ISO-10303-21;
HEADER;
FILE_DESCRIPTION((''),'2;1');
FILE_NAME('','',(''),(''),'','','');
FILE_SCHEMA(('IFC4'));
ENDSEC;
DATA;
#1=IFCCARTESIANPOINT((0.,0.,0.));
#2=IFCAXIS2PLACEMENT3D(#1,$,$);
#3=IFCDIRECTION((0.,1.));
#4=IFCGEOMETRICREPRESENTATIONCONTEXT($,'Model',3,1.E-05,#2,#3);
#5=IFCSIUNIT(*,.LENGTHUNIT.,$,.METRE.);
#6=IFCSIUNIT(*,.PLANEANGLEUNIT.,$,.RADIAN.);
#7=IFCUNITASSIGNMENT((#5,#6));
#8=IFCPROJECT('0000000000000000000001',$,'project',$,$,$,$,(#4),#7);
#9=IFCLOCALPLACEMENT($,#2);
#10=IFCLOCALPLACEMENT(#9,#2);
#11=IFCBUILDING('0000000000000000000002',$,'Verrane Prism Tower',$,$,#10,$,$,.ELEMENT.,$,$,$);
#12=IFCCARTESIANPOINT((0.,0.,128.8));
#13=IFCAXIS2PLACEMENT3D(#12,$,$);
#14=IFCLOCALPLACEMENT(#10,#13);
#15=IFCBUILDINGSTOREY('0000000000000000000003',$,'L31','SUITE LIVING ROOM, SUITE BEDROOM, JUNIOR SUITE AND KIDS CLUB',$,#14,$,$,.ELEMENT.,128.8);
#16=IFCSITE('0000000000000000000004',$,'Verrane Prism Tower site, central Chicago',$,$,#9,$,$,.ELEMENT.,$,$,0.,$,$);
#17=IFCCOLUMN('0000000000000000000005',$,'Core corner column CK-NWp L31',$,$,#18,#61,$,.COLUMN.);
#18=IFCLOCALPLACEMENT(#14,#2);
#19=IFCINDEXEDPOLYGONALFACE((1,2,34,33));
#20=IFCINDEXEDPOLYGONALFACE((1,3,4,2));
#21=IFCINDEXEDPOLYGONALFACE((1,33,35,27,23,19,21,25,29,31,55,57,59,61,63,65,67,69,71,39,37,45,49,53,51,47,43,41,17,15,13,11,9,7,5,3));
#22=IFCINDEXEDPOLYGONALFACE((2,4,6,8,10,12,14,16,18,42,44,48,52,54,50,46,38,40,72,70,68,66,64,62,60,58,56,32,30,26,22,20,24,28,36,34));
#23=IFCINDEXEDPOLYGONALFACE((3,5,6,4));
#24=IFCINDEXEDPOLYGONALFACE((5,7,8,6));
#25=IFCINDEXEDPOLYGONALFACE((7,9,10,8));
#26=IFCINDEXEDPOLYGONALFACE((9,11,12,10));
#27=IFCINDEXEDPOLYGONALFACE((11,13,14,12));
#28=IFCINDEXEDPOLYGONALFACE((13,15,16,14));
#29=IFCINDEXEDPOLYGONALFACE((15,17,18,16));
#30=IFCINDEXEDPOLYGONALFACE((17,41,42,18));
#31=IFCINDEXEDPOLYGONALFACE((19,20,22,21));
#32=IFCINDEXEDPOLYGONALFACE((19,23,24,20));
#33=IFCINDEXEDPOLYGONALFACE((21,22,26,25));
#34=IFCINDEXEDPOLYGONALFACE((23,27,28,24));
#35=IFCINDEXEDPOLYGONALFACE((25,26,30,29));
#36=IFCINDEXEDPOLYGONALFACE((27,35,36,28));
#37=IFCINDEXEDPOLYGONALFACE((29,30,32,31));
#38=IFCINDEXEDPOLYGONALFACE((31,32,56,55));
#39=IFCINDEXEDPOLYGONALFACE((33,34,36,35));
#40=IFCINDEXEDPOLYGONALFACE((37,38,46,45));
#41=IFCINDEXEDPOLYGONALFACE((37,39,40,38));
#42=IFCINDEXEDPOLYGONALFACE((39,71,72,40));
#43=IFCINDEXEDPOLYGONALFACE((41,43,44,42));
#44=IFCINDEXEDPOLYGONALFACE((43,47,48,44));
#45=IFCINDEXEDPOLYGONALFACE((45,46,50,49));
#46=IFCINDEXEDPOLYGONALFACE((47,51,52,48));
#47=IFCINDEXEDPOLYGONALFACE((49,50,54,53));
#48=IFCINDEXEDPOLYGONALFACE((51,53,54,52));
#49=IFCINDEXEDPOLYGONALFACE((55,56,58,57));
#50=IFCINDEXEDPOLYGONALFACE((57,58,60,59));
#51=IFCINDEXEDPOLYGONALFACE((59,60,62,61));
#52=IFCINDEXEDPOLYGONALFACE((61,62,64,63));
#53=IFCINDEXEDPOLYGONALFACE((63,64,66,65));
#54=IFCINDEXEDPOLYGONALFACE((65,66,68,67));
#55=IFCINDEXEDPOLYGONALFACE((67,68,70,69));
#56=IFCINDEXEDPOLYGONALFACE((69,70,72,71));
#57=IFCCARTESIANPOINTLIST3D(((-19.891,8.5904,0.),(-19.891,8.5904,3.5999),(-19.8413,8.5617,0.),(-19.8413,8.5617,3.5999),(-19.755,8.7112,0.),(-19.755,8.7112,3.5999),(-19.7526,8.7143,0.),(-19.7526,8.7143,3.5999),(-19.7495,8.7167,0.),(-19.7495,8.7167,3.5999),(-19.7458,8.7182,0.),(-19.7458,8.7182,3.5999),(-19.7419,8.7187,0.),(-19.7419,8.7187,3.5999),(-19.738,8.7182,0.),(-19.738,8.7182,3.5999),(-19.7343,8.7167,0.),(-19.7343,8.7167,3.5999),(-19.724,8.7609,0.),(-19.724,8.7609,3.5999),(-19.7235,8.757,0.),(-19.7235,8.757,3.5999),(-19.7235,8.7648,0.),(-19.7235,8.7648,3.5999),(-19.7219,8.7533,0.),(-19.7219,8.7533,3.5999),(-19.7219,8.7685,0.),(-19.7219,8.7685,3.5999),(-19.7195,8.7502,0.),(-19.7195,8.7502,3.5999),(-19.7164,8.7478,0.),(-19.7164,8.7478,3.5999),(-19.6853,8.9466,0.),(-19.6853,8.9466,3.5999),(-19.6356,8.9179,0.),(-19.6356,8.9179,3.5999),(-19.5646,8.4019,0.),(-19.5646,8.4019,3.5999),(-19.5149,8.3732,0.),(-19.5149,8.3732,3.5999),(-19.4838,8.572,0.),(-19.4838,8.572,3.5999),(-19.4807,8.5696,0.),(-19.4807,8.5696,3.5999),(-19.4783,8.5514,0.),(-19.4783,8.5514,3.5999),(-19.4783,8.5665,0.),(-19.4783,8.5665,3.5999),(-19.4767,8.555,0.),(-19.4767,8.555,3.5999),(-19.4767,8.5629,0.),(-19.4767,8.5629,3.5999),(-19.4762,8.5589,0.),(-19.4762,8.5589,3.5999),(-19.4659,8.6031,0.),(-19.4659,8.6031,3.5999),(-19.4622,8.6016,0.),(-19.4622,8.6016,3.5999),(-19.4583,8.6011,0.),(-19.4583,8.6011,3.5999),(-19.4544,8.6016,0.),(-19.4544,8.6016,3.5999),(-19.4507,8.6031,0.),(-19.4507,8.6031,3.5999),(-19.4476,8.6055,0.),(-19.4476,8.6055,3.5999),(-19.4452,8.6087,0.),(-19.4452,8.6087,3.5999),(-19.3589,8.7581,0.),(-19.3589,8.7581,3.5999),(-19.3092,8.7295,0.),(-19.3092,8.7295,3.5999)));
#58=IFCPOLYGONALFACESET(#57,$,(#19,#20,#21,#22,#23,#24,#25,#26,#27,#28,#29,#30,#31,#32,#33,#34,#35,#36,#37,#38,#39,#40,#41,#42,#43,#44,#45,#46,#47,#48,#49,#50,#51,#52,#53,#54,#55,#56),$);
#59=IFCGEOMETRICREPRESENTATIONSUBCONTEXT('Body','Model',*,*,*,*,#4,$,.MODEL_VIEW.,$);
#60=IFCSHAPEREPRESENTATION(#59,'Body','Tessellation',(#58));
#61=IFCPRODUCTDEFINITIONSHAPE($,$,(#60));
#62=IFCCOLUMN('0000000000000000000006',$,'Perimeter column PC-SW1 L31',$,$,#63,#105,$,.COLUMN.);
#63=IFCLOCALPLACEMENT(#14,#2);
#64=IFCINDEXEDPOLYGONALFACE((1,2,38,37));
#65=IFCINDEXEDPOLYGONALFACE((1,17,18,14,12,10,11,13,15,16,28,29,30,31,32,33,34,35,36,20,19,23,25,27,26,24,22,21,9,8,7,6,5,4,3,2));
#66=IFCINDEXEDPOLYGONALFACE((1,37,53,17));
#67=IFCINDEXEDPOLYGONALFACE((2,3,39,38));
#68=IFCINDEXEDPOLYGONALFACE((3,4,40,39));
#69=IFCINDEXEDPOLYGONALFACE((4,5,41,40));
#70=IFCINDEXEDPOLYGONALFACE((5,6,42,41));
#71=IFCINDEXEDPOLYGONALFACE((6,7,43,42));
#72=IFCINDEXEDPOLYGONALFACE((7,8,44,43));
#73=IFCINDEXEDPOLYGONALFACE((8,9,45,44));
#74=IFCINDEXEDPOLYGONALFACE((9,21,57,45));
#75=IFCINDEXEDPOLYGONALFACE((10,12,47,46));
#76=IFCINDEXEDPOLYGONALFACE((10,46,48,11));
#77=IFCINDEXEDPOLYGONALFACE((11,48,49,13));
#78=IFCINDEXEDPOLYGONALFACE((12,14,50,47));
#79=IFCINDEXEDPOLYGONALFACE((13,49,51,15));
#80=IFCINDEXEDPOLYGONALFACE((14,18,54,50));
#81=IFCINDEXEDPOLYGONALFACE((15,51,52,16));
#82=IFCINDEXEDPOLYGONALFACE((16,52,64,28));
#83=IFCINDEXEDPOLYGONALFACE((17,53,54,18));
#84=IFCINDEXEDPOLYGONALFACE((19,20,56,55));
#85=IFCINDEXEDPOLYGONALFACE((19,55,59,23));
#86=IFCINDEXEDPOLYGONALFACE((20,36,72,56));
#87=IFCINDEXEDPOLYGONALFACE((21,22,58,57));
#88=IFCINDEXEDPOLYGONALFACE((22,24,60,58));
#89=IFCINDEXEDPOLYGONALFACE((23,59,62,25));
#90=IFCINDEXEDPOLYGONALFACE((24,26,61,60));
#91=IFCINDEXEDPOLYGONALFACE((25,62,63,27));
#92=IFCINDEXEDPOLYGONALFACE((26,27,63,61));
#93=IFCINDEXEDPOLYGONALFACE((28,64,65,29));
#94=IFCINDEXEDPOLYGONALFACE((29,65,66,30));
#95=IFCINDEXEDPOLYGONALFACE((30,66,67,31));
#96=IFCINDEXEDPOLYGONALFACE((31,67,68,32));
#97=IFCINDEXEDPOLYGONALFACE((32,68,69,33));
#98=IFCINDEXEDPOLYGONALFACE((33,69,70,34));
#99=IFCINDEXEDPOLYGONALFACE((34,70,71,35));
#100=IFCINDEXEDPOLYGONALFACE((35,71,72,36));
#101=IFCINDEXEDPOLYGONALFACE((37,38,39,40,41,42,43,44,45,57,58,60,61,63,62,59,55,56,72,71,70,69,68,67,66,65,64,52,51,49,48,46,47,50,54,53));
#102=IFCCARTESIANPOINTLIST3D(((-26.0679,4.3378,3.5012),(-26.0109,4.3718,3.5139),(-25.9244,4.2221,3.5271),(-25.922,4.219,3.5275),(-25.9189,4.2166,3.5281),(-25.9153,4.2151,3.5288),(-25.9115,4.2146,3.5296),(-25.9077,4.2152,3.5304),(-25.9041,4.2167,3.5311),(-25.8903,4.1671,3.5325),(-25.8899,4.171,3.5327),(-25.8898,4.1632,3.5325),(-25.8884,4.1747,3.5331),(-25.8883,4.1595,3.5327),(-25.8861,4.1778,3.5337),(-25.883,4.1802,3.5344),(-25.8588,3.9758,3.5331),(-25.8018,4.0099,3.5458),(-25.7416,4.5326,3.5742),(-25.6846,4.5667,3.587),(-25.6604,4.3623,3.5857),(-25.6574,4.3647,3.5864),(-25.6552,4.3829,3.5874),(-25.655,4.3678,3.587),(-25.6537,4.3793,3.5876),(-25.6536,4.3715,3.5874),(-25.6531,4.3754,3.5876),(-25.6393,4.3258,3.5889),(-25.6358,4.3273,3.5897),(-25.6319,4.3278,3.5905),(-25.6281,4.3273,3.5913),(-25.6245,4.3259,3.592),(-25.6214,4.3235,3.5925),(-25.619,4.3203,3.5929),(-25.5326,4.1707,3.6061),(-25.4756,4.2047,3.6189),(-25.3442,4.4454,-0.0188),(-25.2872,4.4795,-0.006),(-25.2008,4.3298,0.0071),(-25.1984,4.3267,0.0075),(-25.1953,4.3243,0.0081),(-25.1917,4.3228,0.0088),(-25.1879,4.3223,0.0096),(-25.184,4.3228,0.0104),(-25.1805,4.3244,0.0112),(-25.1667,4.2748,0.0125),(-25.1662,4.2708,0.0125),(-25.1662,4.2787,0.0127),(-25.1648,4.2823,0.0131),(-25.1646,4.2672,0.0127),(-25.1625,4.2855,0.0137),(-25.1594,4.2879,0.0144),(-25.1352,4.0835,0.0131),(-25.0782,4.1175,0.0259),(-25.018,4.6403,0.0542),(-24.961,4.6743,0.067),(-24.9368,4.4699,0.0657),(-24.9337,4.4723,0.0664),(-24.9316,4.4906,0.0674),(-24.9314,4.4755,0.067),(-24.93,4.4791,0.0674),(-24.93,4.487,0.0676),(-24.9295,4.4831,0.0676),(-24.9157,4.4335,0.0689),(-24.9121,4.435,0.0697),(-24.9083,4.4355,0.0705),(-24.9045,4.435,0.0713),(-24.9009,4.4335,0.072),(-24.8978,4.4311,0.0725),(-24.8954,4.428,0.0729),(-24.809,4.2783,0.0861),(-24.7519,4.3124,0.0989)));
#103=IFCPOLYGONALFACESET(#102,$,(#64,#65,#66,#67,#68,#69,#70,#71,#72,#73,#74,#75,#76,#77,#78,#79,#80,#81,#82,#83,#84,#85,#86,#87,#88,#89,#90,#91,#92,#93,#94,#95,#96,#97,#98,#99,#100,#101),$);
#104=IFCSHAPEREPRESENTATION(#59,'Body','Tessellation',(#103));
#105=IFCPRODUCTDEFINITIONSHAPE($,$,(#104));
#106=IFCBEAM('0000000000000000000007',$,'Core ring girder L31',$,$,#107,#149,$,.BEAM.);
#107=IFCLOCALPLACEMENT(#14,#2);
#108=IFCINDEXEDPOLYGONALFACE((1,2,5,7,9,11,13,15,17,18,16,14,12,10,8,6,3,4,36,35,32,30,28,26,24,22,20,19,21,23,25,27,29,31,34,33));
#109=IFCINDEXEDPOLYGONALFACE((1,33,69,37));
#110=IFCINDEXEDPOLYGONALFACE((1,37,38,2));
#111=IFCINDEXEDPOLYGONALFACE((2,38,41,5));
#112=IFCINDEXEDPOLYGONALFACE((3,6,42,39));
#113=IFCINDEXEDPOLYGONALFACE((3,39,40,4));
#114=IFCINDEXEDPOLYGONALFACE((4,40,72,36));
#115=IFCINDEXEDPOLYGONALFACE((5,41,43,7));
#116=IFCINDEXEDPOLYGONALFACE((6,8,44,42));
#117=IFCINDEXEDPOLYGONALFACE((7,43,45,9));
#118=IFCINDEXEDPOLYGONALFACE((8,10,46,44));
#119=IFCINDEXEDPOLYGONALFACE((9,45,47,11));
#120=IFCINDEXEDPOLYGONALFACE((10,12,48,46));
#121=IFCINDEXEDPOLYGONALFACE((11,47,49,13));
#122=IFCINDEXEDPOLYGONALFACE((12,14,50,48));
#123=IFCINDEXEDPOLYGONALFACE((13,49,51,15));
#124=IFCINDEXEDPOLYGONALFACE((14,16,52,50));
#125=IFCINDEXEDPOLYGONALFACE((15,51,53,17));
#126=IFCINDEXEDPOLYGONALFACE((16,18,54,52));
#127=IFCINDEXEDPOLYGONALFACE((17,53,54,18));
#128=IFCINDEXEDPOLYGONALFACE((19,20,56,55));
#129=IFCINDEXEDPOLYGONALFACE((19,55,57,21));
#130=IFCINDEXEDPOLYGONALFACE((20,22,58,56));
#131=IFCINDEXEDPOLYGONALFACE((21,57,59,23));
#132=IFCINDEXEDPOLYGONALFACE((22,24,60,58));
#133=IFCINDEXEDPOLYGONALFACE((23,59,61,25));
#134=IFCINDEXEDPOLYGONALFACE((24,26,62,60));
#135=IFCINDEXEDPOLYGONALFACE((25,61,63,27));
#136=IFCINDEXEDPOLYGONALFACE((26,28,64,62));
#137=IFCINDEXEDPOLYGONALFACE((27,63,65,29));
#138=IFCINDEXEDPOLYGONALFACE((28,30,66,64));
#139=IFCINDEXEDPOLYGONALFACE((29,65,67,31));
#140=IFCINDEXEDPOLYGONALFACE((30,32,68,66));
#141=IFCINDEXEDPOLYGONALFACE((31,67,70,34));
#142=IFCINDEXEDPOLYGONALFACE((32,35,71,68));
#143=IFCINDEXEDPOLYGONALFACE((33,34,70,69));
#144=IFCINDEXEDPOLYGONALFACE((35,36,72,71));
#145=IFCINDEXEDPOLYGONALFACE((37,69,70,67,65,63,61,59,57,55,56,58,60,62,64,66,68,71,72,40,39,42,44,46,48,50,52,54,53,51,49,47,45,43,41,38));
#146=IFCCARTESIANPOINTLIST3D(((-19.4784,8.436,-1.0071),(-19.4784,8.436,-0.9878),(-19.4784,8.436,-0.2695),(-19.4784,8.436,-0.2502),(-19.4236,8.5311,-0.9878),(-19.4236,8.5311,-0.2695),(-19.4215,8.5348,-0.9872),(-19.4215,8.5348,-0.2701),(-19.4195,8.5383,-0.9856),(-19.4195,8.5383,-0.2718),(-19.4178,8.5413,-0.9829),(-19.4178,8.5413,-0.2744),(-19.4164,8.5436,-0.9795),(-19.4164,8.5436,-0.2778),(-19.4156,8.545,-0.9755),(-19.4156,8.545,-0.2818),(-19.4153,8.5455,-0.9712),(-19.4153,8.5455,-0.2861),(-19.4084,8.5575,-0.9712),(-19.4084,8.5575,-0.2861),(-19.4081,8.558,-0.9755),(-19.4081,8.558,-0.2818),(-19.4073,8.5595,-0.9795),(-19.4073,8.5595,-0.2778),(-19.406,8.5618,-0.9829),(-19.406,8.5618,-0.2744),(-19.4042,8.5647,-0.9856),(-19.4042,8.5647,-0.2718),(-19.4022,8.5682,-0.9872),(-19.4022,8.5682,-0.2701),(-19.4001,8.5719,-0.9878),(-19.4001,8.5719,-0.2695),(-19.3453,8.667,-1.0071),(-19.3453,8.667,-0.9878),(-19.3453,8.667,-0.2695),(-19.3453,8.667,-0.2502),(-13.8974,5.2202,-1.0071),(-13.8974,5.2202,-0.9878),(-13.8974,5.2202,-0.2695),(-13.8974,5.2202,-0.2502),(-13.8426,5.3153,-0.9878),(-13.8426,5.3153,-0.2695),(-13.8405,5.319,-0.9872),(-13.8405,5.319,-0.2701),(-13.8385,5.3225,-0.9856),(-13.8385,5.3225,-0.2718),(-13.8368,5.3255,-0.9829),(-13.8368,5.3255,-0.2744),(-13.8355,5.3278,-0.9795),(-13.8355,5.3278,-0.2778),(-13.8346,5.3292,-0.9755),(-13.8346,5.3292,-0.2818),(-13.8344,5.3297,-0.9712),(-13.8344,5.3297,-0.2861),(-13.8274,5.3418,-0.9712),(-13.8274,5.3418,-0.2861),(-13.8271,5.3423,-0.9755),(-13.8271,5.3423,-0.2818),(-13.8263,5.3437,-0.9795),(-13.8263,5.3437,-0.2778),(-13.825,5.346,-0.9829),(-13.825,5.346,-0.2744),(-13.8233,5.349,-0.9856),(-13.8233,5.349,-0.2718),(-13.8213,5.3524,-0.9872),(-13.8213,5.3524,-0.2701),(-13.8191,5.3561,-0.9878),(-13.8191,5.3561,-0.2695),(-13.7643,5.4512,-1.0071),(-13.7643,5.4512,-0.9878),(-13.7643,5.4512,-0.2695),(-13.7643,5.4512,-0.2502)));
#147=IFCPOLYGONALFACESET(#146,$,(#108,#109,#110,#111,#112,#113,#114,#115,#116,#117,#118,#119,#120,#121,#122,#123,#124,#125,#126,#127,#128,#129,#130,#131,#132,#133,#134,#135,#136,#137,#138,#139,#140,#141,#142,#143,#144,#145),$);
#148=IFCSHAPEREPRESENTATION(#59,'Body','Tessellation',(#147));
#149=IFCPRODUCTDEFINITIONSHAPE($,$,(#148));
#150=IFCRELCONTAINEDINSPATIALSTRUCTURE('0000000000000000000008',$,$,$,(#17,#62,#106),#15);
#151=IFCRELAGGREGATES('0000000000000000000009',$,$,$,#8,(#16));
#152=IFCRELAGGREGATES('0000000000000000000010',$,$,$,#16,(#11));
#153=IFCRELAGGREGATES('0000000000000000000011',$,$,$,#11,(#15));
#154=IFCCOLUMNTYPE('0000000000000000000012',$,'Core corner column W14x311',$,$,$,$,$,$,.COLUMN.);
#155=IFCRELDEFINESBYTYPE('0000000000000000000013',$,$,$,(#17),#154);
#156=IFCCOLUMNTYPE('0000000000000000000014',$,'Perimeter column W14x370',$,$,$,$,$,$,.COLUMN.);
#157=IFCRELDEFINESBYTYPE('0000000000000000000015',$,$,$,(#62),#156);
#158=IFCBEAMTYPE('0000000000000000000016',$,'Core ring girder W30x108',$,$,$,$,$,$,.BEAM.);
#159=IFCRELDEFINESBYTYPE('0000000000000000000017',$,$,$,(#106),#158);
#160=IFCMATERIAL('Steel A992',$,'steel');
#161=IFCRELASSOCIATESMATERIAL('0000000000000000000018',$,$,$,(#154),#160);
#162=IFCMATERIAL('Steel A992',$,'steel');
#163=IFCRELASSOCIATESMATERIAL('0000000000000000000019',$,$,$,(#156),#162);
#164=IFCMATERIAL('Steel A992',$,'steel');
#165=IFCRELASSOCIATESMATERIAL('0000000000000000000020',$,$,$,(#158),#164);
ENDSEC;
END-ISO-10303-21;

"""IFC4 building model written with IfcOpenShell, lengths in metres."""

from ifc_helpers import new_model, si_unit, direction, frame, origin, origin_2d, place, context, subcontext, project, spatial, i_section, extrude, material, material_profile, profile_set, type_object, element, save


model = new_model("IFC4")

# Units and contexts
model_context = context("Model", 3, precision=1e-05, world=origin(), true_north=direction((0.0, 1.0)))
body_context = subcontext(model_context, "Body", "Model", "MODEL_VIEW")
ifc_project = project(units=[si_unit("LENGTHUNIT", "METRE"), si_unit("PLANEANGLEUNIT", "RADIAN")], contexts=[model_context])

# Site, building, storey
site_placement = place(None, origin())
site = spatial("IfcSite", under=ifc_project, at=site_placement, Name="Verrane Prism Tower site, central Chicago", CompositionType="ELEMENT", RefElevation=0.0)
building_placement = place(site_placement, origin())
building = spatial("IfcBuilding", under=site, at=building_placement, Name="Verrane Prism Tower", CompositionType="ELEMENT")
storey_placement = place(building_placement, frame((0.0, 0.0, 128.8)))
storey = spatial("IfcBuildingStorey", under=building, at=storey_placement, Name="L31", Description="SUITE LIVING ROOM, SUITE BEDROOM, JUNIOR SUITE AND KIDS CLUB", CompositionType="ELEMENT", Elevation=128.8)

# Columns
ifc_material_1 = material(Name="Steel A992", Category="steel")
ifc_material_profile_1 = material_profile(ifc_material_1, i_section(OverallWidth=0.4114, OverallDepth=0.4343, WebThickness=0.0359, FlangeThickness=0.0574, FilletRadius=0.0151, at=origin_2d()), Name="W14x311")
ifc_profile_set_1 = profile_set([ifc_material_profile_1], Name="Steel A992")
column_type_1 = type_object("IfcColumnType", Name="Core corner column W14x311", PredefinedType="COLUMN", material=ifc_profile_set_1)
column_1_placement = place(storey_placement, frame((-19.6001, 8.6599, 0.0), z_axis=(0.0, 0.0, 1.0), x_axis=(0.5, 0.866025, 0.0)))
element("IfcColumn", 1, at=column_1_placement, inside=storey, type_object=column_type_1, Name="Core corner column CK-NWp L31", PredefinedType="COLUMN", context=body_context, shape_type="SweptSolid", body=[
    extrude(i_section(OverallWidth=0.4114, OverallDepth=0.4343, WebThickness=0.0359, FlangeThickness=0.0574, FilletRadius=0.0151, at=origin_2d()), origin(), (0.0, 0.0, 1.0), 3.5999),
])
ifc_material_2 = material(Name="Steel A992", Category="steel")
ifc_material_profile_2 = material_profile(ifc_material_2, i_section(OverallWidth=0.4192, OverallDepth=0.4546, WebThickness=0.0422, FlangeThickness=0.0676, FilletRadius=0.0151, at=origin_2d()), Name="W14x370")
ifc_profile_set_2 = profile_set([ifc_material_profile_2], Name="Steel A992")
column_type_2 = type_object("IfcColumnType", Name="Perimeter column W14x370", PredefinedType="COLUMN", material=ifc_profile_set_2)
column_2_placement = place(storey_placement, frame((-25.0481, 4.3789, 0.04), z_axis=(-0.201275, -0.029947, 0.979077), x_axis=(-0.498664, 0.863448, -0.076103)))
element("IfcColumn", 2, at=column_2_placement, inside=storey, type_object=column_type_2, Name="Perimeter column PC-SW1 L31", PredefinedType="COLUMN", context=body_context, shape_type="SweptSolid", body=[
    extrude(i_section(OverallWidth=0.4192, OverallDepth=0.4546, WebThickness=0.0422, FlangeThickness=0.0676, FilletRadius=0.0151, at=origin_2d()), origin(), (0.0, 0.0, 1.0), 3.5952),
])

# Beam
ifc_material_3 = material(Name="Steel A992", Category="steel")
ifc_material_profile_3 = material_profile(ifc_material_3, i_section(OverallWidth=0.2666, OverallDepth=0.7568, WebThickness=0.0139, FlangeThickness=0.0193, FilletRadius=0.0166, at=origin_2d()), Name="W30x108")
ifc_profile_set_3 = profile_set([ifc_material_profile_3], Name="Steel A992")
beam_type_1 = type_object("IfcBeamType", Name="Core ring girder W30x108", PredefinedType="BEAM", material=ifc_profile_set_3)
beam_1_placement = place(storey_placement, frame((-19.4119, 8.5515, -0.6287), z_axis=(0.866456, -0.499254, 0.0), x_axis=(0.499254, 0.866456, 0.0)))
element("IfcBeam", 3, at=beam_1_placement, inside=storey, type_object=beam_type_1, Name="Core ring girder L31", PredefinedType="BEAM", context=body_context, shape_type="SweptSolid", body=[
    extrude(i_section(OverallWidth=0.2666, OverallDepth=0.7568, WebThickness=0.0139, FlangeThickness=0.0193, FilletRadius=0.0166, at=origin_2d()), origin(), (0.0, 0.0, 1.0), 6.4412),
])

save(model, "model.ifc")
